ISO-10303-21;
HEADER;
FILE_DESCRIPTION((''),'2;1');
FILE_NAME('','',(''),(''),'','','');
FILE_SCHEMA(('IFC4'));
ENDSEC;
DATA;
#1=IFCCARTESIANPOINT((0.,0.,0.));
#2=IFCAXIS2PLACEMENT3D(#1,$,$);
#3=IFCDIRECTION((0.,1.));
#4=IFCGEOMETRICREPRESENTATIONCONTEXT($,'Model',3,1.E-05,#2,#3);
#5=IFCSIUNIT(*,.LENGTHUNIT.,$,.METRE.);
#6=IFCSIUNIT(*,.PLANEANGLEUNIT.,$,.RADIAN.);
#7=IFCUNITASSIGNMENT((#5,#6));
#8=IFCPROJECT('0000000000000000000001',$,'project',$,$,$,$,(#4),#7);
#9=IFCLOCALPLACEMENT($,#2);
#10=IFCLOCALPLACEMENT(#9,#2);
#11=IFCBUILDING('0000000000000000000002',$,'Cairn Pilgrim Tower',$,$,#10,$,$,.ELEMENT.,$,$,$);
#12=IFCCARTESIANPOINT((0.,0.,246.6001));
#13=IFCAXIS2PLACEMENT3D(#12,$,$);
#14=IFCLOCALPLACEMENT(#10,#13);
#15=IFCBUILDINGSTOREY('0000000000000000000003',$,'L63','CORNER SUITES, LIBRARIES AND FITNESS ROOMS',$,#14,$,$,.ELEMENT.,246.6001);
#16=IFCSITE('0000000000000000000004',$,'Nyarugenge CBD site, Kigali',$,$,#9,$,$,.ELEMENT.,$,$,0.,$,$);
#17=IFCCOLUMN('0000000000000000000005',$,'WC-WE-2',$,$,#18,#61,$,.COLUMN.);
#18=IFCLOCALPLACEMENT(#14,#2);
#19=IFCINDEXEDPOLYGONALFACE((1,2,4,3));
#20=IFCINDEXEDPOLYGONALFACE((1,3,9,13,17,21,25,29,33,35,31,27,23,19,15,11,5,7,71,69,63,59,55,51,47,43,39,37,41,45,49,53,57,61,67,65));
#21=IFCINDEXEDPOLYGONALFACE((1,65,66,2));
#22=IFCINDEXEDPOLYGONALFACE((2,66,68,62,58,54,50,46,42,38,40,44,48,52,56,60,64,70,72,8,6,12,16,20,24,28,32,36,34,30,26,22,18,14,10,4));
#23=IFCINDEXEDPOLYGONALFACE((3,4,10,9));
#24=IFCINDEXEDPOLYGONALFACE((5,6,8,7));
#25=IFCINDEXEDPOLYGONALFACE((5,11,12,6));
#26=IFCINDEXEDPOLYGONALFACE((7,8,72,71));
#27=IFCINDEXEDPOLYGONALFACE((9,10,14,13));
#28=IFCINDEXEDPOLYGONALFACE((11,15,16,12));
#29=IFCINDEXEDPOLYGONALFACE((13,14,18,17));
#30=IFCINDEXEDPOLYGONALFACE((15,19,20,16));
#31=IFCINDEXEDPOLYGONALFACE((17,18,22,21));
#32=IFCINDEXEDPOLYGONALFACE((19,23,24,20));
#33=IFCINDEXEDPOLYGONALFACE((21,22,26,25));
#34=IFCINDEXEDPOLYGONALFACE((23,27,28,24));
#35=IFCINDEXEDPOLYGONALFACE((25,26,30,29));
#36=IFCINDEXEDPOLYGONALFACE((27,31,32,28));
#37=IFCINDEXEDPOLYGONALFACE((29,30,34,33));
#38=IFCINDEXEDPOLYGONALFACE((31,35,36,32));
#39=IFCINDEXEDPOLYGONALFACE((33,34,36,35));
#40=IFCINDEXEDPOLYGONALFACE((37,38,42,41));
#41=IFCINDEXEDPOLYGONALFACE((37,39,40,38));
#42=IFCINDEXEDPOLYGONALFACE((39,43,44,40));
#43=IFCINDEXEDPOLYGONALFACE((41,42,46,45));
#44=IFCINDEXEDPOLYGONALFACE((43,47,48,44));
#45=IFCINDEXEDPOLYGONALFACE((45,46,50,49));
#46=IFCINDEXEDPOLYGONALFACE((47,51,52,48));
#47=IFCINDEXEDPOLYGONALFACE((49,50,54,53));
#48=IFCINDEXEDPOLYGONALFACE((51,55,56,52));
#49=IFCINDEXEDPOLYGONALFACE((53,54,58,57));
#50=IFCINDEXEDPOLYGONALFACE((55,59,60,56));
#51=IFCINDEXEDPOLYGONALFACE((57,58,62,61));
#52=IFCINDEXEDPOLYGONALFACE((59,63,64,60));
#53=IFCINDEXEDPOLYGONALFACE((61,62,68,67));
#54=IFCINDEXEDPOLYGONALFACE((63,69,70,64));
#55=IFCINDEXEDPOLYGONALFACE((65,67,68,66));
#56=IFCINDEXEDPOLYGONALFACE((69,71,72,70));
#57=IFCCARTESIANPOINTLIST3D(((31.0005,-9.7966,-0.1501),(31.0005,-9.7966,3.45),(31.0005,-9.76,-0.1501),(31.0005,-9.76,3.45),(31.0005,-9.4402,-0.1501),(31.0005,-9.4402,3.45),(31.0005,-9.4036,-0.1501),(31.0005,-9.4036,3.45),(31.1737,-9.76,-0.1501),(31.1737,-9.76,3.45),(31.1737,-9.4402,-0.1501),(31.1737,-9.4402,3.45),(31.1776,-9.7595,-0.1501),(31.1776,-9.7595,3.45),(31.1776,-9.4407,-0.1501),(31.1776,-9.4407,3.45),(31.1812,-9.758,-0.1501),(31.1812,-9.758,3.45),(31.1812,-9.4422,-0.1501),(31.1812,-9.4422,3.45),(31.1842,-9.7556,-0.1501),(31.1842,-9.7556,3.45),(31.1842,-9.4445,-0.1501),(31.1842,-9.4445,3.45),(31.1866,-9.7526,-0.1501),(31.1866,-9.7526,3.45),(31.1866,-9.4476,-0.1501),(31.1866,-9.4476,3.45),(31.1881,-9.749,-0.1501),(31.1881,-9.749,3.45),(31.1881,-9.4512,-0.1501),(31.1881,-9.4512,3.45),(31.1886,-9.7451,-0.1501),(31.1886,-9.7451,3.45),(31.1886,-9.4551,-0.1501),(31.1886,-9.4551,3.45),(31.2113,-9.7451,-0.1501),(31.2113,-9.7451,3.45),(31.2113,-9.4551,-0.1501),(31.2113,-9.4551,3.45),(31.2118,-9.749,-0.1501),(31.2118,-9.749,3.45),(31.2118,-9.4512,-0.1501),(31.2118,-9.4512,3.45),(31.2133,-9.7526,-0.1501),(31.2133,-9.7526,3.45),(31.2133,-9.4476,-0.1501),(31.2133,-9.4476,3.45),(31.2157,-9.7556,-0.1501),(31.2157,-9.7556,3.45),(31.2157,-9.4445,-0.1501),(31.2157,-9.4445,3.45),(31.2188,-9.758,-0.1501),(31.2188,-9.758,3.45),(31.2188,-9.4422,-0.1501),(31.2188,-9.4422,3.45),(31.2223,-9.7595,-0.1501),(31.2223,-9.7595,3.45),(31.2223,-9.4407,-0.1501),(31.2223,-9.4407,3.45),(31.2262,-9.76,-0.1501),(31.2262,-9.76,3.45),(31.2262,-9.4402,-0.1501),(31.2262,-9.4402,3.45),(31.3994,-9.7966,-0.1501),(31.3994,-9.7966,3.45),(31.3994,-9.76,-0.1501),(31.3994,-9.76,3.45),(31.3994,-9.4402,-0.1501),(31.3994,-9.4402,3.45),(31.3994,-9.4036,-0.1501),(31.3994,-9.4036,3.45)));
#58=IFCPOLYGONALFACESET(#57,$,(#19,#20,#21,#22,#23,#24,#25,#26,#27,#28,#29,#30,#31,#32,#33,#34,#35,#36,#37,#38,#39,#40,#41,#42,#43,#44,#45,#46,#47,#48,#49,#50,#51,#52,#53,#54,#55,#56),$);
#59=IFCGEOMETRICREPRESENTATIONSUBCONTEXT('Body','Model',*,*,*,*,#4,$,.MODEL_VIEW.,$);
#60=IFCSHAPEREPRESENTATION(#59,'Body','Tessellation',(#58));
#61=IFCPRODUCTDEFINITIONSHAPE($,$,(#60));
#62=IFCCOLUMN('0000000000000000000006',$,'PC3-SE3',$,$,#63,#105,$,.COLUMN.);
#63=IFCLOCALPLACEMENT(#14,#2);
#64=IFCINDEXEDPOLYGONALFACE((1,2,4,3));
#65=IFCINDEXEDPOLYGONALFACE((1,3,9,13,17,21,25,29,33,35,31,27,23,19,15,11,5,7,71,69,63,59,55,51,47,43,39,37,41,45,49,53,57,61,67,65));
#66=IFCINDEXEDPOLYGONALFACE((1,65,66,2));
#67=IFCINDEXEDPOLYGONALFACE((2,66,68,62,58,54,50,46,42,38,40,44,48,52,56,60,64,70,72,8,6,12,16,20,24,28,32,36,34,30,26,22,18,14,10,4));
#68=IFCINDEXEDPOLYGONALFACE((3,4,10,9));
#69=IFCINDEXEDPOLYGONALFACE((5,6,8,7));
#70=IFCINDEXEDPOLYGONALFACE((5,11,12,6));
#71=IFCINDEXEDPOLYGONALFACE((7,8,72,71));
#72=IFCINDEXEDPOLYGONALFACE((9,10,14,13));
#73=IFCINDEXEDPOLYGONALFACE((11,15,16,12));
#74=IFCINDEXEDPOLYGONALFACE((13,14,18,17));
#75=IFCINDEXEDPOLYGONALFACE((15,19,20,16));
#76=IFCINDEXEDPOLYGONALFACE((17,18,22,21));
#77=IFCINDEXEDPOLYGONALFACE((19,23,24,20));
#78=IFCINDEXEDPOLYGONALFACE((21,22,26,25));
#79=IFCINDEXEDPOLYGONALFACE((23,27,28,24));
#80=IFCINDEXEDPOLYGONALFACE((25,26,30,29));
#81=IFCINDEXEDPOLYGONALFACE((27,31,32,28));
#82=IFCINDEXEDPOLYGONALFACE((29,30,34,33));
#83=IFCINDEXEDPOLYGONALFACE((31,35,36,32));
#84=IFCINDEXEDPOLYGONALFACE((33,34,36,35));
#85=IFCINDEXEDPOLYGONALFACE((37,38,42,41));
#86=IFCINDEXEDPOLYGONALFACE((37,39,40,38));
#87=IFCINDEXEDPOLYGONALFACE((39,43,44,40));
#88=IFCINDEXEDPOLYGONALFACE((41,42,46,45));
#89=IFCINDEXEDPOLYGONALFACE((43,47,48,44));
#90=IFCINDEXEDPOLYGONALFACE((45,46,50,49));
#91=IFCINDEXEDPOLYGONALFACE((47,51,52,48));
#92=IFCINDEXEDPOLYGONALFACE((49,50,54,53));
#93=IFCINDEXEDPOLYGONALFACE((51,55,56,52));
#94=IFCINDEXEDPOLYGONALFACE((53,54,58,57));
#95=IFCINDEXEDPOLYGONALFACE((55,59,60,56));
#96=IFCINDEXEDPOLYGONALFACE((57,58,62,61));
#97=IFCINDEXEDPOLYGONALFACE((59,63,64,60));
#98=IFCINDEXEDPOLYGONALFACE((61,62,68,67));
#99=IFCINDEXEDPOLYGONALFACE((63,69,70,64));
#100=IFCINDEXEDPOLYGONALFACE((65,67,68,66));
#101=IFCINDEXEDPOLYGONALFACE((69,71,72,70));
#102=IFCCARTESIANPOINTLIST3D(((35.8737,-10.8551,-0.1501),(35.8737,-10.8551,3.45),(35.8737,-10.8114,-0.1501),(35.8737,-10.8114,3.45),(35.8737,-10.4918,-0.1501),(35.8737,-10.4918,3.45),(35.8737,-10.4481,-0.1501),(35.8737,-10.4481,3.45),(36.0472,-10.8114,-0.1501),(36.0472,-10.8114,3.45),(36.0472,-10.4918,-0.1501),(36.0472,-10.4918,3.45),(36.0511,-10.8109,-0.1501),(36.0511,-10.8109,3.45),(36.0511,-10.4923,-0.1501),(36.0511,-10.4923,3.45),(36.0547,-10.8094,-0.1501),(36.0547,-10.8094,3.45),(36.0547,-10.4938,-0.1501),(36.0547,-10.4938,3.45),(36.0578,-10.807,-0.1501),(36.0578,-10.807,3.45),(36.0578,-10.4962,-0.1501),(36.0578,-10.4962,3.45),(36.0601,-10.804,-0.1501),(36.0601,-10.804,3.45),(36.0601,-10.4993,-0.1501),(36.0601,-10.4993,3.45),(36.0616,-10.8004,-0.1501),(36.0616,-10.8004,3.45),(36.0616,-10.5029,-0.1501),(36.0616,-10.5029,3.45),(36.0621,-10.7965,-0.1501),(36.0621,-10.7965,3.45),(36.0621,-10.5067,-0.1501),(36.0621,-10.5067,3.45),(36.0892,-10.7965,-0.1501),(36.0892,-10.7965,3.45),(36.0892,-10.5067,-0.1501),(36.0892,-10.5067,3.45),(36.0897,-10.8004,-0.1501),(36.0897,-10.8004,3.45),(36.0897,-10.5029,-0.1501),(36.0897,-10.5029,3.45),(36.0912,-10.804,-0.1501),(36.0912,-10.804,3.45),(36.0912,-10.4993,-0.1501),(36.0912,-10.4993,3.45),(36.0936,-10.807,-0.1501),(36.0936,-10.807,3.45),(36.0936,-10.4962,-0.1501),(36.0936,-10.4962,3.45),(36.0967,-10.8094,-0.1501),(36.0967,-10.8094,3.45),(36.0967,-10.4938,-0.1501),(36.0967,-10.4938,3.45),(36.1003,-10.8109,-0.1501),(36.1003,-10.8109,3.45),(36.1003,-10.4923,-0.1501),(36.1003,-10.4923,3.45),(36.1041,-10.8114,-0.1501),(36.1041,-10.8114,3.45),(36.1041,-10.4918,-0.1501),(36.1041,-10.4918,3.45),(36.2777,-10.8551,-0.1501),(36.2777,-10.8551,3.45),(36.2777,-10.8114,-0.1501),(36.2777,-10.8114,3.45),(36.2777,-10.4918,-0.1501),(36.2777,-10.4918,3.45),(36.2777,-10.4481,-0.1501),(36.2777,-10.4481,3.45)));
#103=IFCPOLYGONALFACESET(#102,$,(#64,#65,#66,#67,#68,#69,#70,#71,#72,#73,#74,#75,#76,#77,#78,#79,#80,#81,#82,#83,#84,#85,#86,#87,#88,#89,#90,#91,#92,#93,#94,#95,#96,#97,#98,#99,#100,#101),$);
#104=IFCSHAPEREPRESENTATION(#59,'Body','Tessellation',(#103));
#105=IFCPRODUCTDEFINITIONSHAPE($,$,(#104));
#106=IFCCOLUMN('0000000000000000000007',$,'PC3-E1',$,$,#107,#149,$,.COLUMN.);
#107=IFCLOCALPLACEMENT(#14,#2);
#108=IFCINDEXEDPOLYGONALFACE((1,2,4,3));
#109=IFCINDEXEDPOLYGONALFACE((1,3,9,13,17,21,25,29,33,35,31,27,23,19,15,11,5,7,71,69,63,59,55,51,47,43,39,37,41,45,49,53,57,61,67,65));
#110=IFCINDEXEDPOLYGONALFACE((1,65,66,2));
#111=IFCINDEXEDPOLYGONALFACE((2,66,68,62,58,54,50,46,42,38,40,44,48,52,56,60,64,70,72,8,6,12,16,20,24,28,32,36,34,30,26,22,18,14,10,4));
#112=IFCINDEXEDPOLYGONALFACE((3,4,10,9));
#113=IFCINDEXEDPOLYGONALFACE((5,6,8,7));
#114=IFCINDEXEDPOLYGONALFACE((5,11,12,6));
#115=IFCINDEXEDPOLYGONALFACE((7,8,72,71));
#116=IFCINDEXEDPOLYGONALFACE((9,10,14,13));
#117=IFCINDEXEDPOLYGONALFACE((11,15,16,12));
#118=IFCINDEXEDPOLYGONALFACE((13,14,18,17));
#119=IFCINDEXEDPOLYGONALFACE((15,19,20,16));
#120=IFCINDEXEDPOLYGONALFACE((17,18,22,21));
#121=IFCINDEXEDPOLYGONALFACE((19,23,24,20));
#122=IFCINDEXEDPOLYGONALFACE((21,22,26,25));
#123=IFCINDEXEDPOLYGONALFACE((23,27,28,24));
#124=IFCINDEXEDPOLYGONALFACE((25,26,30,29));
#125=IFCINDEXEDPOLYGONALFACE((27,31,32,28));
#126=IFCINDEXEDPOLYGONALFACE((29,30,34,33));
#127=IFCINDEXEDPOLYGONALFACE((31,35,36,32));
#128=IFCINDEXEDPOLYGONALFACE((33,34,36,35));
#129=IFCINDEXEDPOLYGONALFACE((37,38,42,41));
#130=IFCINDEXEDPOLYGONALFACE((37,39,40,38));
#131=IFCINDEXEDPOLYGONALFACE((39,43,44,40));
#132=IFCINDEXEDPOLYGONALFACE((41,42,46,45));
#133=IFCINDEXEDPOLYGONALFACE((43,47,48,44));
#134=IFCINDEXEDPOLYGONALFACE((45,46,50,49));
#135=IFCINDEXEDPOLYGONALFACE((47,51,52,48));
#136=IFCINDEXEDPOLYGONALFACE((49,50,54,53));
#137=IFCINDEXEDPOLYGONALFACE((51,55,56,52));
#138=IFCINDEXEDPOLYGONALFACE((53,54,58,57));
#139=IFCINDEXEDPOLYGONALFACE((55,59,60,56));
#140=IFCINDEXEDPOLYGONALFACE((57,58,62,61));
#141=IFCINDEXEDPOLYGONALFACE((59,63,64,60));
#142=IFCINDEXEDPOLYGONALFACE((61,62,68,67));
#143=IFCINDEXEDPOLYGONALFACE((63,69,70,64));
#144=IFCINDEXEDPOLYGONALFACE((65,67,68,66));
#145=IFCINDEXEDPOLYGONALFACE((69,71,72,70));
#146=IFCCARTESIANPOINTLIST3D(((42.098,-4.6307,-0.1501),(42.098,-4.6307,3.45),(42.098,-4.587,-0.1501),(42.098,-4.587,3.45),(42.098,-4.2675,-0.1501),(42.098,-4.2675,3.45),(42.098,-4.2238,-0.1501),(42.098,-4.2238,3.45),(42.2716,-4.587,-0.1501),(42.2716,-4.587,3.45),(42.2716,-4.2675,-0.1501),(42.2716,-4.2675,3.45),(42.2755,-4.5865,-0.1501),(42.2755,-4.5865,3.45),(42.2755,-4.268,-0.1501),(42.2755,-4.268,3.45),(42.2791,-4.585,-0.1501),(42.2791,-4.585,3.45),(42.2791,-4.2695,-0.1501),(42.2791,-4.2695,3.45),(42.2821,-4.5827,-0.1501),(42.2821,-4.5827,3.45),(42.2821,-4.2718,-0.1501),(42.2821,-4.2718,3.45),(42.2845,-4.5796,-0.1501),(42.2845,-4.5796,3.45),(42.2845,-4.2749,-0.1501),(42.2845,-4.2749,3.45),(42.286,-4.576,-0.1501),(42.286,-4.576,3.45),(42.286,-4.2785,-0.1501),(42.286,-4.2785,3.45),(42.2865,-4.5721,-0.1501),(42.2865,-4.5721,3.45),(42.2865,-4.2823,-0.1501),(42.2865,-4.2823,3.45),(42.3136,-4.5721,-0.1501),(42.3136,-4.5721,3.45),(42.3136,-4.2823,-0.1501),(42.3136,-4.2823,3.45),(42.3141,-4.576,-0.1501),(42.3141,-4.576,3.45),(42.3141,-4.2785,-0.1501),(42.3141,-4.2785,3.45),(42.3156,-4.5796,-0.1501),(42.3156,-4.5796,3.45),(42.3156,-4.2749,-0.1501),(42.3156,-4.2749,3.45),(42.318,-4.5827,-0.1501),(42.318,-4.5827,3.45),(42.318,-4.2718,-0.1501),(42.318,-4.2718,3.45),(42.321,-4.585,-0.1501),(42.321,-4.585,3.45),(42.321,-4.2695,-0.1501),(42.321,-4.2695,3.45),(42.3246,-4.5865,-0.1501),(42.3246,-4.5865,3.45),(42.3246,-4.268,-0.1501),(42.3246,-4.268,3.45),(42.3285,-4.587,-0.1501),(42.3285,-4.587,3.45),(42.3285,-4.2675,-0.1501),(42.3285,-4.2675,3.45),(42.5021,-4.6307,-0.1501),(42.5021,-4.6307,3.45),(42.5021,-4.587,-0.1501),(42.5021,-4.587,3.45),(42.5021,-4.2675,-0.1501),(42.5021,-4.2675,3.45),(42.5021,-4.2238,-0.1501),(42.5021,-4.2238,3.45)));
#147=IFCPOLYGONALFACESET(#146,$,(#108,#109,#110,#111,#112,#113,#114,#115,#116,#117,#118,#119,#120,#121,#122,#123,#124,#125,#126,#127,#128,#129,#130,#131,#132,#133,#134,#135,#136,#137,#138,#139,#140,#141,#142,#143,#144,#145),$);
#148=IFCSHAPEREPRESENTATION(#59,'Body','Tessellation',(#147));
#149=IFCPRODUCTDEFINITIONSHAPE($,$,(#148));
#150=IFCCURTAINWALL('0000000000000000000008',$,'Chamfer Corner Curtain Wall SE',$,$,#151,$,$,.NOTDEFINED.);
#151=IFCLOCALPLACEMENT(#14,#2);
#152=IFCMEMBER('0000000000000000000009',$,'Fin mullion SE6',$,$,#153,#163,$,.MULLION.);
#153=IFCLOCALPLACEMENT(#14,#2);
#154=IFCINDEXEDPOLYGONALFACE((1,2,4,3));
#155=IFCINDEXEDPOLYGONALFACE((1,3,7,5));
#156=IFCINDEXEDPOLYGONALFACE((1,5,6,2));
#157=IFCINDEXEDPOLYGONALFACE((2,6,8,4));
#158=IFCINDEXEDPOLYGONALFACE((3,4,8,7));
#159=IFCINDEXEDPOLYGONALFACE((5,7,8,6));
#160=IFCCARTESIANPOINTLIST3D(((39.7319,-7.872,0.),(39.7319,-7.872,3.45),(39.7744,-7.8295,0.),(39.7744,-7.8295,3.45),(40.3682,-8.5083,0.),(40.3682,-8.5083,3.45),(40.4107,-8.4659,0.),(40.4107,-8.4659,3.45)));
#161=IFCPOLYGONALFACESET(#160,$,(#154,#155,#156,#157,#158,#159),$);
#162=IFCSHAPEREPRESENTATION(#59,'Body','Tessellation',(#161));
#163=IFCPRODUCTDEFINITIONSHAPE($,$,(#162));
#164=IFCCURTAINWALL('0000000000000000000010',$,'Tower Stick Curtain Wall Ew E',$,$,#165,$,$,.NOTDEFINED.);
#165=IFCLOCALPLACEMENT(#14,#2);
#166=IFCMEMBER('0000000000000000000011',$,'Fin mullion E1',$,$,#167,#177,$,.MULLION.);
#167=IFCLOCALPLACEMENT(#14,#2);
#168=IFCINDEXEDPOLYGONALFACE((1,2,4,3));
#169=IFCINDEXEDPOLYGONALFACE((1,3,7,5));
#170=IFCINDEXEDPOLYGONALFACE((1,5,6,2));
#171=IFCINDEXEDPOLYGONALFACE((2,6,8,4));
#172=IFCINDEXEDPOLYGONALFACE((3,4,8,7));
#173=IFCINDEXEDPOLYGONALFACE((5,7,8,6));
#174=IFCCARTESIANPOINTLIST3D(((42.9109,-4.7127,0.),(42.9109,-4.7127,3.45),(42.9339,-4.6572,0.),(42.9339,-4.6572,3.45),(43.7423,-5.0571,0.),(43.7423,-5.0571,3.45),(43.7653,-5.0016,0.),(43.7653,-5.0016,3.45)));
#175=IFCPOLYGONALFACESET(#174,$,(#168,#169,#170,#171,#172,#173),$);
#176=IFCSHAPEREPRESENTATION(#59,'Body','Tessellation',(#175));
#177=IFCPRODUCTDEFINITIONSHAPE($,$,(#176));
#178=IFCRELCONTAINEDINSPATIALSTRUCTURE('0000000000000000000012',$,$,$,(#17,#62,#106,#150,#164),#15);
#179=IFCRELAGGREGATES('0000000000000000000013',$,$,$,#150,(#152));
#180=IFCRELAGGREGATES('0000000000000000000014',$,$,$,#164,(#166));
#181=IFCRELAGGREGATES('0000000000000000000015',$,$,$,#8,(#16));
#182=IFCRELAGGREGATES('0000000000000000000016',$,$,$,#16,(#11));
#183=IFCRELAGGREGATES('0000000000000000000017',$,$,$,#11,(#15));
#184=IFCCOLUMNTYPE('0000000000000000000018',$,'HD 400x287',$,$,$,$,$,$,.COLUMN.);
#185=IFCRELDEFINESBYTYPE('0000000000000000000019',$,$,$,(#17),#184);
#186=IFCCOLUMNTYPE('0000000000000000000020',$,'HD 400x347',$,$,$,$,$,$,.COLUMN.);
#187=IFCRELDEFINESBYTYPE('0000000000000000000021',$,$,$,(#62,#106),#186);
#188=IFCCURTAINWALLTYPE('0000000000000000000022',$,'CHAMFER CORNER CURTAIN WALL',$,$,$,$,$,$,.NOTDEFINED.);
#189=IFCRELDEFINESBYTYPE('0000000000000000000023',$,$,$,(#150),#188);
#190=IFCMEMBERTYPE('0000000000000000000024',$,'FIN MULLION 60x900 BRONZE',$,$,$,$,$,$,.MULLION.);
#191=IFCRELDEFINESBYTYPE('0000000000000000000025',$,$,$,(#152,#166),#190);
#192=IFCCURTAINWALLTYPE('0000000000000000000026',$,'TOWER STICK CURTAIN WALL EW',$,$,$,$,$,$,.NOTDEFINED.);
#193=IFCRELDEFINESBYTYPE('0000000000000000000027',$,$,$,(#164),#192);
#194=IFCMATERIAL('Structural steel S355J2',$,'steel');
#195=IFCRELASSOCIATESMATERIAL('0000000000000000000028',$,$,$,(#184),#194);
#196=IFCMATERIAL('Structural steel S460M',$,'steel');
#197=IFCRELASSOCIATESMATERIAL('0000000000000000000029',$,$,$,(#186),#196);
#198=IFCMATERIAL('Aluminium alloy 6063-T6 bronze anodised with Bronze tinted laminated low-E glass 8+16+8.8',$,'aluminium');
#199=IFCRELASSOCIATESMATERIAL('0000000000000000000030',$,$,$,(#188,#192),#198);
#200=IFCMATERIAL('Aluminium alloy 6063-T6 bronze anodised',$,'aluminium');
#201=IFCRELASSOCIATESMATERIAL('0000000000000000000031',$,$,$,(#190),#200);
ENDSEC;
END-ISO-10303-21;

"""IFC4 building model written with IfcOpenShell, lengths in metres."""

from ifc_helpers import new_model, si_unit, direction, frame, origin, origin_2d, place, context, subcontext, project, spatial, rectangle, i_section, extrude, material, material_profile, profile_set, type_object, element, aggregate, save


model = new_model("IFC4")

# Units and contexts
model_context = context("Model", 3, precision=1e-05, world=origin(), true_north=direction((0.0, 1.0)))
body_context = subcontext(model_context, "Body", "Model", "MODEL_VIEW")
ifc_project = project(units=[si_unit("LENGTHUNIT", "METRE"), si_unit("PLANEANGLEUNIT", "RADIAN")], contexts=[model_context])

# Site, building, storey
site_placement = place(None, origin())
site = spatial("IfcSite", under=ifc_project, at=site_placement, Name="Nyarugenge CBD site, Kigali", CompositionType="ELEMENT", RefElevation=0.0)
building_placement = place(site_placement, origin())
building = spatial("IfcBuilding", under=site, at=building_placement, Name="Cairn Pilgrim Tower", CompositionType="ELEMENT")
storey_placement = place(building_placement, frame((0.0, 0.0, 246.6001)))
storey = spatial("IfcBuildingStorey", under=building, at=storey_placement, Name="L63", Description="CORNER SUITES, LIBRARIES AND FITNESS ROOMS", CompositionType="ELEMENT", Elevation=246.6001)

# Columns
ifc_material_1 = material(Name="Structural steel S355J2", Category="steel")
ifc_material_profile_1 = material_profile(ifc_material_1, i_section(OverallWidth=0.3989, OverallDepth=0.3931, WebThickness=0.0227, FlangeThickness=0.0366, FilletRadius=0.0149, at=origin_2d()), Name="HD 400x287")
ifc_profile_set_1 = profile_set([ifc_material_profile_1], Name="Structural steel S355J2")
column_type_1 = type_object("IfcColumnType", Name="HD 400x287", PredefinedType="COLUMN", material=ifc_profile_set_1)
column_placement = place(storey_placement, frame((31.2, -9.6001, -0.1501), z_axis=(0.0, 0.0, 1.0), x_axis=(1.0, 0.0, 0.0)))
element("IfcColumn", 1, at=column_placement, inside=storey, type_object=column_type_1, Name="WC-WE-2", PredefinedType="COLUMN", context=body_context, shape_type="SweptSolid", body=[
    extrude(i_section(OverallWidth=0.3989, OverallDepth=0.3931, WebThickness=0.0227, FlangeThickness=0.0366, FilletRadius=0.0149, at=origin_2d()), origin(), (0.0, 0.0, 1.0), 3.6001),
])
ifc_material_2 = material(Name="Structural steel S460M", Category="steel")
ifc_material_profile_2 = material_profile(ifc_material_2, i_section(OverallWidth=0.4041, OverallDepth=0.407, WebThickness=0.0271, FlangeThickness=0.0437, FilletRadius=0.0149, at=origin_2d()), Name="HD 400x347")
ifc_profile_set_2 = profile_set([ifc_material_profile_2], Name="Structural steel S460M")
column_type_2 = type_object("IfcColumnType", Name="HD 400x347", PredefinedType="COLUMN", material=ifc_profile_set_2)
for number, where, z_axis, x_axis, name in (
    (2, (36.0757, -10.6516, -0.1501), (0.0, 0.0, 1.0), (1.0, 0.0, 0.0), "PC3-SE3"),
    (3, (42.3, -4.4272, -0.1501), (0.0, 0.0, 1.0), (1.0, 0.0, 0.0), "PC3-E1"),
):
    element("IfcColumn", number, at=place(storey_placement, frame(where, z_axis=z_axis, x_axis=x_axis)), inside=storey, type_object=column_type_2, Name=name, PredefinedType="COLUMN", context=body_context, shape_type="SweptSolid", body=[
        extrude(i_section(OverallWidth=0.4041, OverallDepth=0.407, WebThickness=0.0271, FlangeThickness=0.0437, FilletRadius=0.0149, at=origin_2d()), origin(), (0.0, 0.0, 1.0), 3.6001),
    ])

# Curtain walls, members
ifc_material_3 = material(Name="Aluminium alloy 6063-T6 bronze anodised with Bronze tinted laminated low-E glass 8+16+8.8", Category="aluminium")
curtain_wall_type_1 = type_object("IfcCurtainWallType", Name="CHAMFER CORNER CURTAIN WALL", PredefinedType="NOTDEFINED", material=ifc_material_3)
curtain_wall_1_placement = place(storey_placement, origin())
curtain_wall_1 = element("IfcCurtainWall", 4, at=curtain_wall_1_placement, inside=storey, type_object=curtain_wall_type_1, Name="Chamfer Corner Curtain Wall SE", PredefinedType="NOTDEFINED")
ifc_material_4 = material(Name="Aluminium alloy 6063-T6 bronze anodised", Category="aluminium")
ifc_material_profile_3 = material_profile(ifc_material_4, rectangle(XDim=0.8999, YDim=0.0601, at=origin_2d()), Name="FIN MULLION 60x900 BRONZE")
ifc_profile_set_3 = profile_set([ifc_material_profile_3], Name="Aluminium alloy 6063-T6 bronze anodised")
member_type = type_object("IfcMemberType", Name="FIN MULLION 60x900 BRONZE", PredefinedType="MULLION", material=ifc_profile_set_3)
member_1_placement = place(storey_placement, frame((40.0713, -8.1689, 0.0), z_axis=(0.0, 0.0, 1.0), x_axis=(0.707107, -0.707107, 0.0)))
member_1 = element("IfcMember", 5, at=member_1_placement, type_object=member_type, Name="Fin mullion SE6", PredefinedType="MULLION", context=body_context, shape_type="SweptSolid", body=[
    extrude(rectangle(XDim=0.8999, YDim=0.0601, at=origin_2d()), origin(), (0.0, 0.0, 1.0), 3.45),
])
aggregate(curtain_wall_1, [member_1])
curtain_wall_type_2 = type_object("IfcCurtainWallType", Name="TOWER STICK CURTAIN WALL EW", PredefinedType="NOTDEFINED", material=ifc_material_3)
curtain_wall_2_placement = place(storey_placement, origin())
curtain_wall_2 = element("IfcCurtainWall", 6, at=curtain_wall_2_placement, inside=storey, type_object=curtain_wall_type_2, Name="Tower Stick Curtain Wall Ew E", PredefinedType="NOTDEFINED")
member_2_placement = place(storey_placement, frame((43.3381, -4.8572, 0.0), z_axis=(0.0, 0.0, 1.0), x_axis=(0.92388, -0.382683, 0.0)))
member_2 = element("IfcMember", 7, at=member_2_placement, type_object=member_type, Name="Fin mullion E1", PredefinedType="MULLION", context=body_context, shape_type="SweptSolid", body=[
    extrude(rectangle(XDim=0.8999, YDim=0.0601, at=origin_2d()), origin(), (0.0, 0.0, 1.0), 3.45),
])
aggregate(curtain_wall_2, [member_2])

save(model, "model.ifc")
